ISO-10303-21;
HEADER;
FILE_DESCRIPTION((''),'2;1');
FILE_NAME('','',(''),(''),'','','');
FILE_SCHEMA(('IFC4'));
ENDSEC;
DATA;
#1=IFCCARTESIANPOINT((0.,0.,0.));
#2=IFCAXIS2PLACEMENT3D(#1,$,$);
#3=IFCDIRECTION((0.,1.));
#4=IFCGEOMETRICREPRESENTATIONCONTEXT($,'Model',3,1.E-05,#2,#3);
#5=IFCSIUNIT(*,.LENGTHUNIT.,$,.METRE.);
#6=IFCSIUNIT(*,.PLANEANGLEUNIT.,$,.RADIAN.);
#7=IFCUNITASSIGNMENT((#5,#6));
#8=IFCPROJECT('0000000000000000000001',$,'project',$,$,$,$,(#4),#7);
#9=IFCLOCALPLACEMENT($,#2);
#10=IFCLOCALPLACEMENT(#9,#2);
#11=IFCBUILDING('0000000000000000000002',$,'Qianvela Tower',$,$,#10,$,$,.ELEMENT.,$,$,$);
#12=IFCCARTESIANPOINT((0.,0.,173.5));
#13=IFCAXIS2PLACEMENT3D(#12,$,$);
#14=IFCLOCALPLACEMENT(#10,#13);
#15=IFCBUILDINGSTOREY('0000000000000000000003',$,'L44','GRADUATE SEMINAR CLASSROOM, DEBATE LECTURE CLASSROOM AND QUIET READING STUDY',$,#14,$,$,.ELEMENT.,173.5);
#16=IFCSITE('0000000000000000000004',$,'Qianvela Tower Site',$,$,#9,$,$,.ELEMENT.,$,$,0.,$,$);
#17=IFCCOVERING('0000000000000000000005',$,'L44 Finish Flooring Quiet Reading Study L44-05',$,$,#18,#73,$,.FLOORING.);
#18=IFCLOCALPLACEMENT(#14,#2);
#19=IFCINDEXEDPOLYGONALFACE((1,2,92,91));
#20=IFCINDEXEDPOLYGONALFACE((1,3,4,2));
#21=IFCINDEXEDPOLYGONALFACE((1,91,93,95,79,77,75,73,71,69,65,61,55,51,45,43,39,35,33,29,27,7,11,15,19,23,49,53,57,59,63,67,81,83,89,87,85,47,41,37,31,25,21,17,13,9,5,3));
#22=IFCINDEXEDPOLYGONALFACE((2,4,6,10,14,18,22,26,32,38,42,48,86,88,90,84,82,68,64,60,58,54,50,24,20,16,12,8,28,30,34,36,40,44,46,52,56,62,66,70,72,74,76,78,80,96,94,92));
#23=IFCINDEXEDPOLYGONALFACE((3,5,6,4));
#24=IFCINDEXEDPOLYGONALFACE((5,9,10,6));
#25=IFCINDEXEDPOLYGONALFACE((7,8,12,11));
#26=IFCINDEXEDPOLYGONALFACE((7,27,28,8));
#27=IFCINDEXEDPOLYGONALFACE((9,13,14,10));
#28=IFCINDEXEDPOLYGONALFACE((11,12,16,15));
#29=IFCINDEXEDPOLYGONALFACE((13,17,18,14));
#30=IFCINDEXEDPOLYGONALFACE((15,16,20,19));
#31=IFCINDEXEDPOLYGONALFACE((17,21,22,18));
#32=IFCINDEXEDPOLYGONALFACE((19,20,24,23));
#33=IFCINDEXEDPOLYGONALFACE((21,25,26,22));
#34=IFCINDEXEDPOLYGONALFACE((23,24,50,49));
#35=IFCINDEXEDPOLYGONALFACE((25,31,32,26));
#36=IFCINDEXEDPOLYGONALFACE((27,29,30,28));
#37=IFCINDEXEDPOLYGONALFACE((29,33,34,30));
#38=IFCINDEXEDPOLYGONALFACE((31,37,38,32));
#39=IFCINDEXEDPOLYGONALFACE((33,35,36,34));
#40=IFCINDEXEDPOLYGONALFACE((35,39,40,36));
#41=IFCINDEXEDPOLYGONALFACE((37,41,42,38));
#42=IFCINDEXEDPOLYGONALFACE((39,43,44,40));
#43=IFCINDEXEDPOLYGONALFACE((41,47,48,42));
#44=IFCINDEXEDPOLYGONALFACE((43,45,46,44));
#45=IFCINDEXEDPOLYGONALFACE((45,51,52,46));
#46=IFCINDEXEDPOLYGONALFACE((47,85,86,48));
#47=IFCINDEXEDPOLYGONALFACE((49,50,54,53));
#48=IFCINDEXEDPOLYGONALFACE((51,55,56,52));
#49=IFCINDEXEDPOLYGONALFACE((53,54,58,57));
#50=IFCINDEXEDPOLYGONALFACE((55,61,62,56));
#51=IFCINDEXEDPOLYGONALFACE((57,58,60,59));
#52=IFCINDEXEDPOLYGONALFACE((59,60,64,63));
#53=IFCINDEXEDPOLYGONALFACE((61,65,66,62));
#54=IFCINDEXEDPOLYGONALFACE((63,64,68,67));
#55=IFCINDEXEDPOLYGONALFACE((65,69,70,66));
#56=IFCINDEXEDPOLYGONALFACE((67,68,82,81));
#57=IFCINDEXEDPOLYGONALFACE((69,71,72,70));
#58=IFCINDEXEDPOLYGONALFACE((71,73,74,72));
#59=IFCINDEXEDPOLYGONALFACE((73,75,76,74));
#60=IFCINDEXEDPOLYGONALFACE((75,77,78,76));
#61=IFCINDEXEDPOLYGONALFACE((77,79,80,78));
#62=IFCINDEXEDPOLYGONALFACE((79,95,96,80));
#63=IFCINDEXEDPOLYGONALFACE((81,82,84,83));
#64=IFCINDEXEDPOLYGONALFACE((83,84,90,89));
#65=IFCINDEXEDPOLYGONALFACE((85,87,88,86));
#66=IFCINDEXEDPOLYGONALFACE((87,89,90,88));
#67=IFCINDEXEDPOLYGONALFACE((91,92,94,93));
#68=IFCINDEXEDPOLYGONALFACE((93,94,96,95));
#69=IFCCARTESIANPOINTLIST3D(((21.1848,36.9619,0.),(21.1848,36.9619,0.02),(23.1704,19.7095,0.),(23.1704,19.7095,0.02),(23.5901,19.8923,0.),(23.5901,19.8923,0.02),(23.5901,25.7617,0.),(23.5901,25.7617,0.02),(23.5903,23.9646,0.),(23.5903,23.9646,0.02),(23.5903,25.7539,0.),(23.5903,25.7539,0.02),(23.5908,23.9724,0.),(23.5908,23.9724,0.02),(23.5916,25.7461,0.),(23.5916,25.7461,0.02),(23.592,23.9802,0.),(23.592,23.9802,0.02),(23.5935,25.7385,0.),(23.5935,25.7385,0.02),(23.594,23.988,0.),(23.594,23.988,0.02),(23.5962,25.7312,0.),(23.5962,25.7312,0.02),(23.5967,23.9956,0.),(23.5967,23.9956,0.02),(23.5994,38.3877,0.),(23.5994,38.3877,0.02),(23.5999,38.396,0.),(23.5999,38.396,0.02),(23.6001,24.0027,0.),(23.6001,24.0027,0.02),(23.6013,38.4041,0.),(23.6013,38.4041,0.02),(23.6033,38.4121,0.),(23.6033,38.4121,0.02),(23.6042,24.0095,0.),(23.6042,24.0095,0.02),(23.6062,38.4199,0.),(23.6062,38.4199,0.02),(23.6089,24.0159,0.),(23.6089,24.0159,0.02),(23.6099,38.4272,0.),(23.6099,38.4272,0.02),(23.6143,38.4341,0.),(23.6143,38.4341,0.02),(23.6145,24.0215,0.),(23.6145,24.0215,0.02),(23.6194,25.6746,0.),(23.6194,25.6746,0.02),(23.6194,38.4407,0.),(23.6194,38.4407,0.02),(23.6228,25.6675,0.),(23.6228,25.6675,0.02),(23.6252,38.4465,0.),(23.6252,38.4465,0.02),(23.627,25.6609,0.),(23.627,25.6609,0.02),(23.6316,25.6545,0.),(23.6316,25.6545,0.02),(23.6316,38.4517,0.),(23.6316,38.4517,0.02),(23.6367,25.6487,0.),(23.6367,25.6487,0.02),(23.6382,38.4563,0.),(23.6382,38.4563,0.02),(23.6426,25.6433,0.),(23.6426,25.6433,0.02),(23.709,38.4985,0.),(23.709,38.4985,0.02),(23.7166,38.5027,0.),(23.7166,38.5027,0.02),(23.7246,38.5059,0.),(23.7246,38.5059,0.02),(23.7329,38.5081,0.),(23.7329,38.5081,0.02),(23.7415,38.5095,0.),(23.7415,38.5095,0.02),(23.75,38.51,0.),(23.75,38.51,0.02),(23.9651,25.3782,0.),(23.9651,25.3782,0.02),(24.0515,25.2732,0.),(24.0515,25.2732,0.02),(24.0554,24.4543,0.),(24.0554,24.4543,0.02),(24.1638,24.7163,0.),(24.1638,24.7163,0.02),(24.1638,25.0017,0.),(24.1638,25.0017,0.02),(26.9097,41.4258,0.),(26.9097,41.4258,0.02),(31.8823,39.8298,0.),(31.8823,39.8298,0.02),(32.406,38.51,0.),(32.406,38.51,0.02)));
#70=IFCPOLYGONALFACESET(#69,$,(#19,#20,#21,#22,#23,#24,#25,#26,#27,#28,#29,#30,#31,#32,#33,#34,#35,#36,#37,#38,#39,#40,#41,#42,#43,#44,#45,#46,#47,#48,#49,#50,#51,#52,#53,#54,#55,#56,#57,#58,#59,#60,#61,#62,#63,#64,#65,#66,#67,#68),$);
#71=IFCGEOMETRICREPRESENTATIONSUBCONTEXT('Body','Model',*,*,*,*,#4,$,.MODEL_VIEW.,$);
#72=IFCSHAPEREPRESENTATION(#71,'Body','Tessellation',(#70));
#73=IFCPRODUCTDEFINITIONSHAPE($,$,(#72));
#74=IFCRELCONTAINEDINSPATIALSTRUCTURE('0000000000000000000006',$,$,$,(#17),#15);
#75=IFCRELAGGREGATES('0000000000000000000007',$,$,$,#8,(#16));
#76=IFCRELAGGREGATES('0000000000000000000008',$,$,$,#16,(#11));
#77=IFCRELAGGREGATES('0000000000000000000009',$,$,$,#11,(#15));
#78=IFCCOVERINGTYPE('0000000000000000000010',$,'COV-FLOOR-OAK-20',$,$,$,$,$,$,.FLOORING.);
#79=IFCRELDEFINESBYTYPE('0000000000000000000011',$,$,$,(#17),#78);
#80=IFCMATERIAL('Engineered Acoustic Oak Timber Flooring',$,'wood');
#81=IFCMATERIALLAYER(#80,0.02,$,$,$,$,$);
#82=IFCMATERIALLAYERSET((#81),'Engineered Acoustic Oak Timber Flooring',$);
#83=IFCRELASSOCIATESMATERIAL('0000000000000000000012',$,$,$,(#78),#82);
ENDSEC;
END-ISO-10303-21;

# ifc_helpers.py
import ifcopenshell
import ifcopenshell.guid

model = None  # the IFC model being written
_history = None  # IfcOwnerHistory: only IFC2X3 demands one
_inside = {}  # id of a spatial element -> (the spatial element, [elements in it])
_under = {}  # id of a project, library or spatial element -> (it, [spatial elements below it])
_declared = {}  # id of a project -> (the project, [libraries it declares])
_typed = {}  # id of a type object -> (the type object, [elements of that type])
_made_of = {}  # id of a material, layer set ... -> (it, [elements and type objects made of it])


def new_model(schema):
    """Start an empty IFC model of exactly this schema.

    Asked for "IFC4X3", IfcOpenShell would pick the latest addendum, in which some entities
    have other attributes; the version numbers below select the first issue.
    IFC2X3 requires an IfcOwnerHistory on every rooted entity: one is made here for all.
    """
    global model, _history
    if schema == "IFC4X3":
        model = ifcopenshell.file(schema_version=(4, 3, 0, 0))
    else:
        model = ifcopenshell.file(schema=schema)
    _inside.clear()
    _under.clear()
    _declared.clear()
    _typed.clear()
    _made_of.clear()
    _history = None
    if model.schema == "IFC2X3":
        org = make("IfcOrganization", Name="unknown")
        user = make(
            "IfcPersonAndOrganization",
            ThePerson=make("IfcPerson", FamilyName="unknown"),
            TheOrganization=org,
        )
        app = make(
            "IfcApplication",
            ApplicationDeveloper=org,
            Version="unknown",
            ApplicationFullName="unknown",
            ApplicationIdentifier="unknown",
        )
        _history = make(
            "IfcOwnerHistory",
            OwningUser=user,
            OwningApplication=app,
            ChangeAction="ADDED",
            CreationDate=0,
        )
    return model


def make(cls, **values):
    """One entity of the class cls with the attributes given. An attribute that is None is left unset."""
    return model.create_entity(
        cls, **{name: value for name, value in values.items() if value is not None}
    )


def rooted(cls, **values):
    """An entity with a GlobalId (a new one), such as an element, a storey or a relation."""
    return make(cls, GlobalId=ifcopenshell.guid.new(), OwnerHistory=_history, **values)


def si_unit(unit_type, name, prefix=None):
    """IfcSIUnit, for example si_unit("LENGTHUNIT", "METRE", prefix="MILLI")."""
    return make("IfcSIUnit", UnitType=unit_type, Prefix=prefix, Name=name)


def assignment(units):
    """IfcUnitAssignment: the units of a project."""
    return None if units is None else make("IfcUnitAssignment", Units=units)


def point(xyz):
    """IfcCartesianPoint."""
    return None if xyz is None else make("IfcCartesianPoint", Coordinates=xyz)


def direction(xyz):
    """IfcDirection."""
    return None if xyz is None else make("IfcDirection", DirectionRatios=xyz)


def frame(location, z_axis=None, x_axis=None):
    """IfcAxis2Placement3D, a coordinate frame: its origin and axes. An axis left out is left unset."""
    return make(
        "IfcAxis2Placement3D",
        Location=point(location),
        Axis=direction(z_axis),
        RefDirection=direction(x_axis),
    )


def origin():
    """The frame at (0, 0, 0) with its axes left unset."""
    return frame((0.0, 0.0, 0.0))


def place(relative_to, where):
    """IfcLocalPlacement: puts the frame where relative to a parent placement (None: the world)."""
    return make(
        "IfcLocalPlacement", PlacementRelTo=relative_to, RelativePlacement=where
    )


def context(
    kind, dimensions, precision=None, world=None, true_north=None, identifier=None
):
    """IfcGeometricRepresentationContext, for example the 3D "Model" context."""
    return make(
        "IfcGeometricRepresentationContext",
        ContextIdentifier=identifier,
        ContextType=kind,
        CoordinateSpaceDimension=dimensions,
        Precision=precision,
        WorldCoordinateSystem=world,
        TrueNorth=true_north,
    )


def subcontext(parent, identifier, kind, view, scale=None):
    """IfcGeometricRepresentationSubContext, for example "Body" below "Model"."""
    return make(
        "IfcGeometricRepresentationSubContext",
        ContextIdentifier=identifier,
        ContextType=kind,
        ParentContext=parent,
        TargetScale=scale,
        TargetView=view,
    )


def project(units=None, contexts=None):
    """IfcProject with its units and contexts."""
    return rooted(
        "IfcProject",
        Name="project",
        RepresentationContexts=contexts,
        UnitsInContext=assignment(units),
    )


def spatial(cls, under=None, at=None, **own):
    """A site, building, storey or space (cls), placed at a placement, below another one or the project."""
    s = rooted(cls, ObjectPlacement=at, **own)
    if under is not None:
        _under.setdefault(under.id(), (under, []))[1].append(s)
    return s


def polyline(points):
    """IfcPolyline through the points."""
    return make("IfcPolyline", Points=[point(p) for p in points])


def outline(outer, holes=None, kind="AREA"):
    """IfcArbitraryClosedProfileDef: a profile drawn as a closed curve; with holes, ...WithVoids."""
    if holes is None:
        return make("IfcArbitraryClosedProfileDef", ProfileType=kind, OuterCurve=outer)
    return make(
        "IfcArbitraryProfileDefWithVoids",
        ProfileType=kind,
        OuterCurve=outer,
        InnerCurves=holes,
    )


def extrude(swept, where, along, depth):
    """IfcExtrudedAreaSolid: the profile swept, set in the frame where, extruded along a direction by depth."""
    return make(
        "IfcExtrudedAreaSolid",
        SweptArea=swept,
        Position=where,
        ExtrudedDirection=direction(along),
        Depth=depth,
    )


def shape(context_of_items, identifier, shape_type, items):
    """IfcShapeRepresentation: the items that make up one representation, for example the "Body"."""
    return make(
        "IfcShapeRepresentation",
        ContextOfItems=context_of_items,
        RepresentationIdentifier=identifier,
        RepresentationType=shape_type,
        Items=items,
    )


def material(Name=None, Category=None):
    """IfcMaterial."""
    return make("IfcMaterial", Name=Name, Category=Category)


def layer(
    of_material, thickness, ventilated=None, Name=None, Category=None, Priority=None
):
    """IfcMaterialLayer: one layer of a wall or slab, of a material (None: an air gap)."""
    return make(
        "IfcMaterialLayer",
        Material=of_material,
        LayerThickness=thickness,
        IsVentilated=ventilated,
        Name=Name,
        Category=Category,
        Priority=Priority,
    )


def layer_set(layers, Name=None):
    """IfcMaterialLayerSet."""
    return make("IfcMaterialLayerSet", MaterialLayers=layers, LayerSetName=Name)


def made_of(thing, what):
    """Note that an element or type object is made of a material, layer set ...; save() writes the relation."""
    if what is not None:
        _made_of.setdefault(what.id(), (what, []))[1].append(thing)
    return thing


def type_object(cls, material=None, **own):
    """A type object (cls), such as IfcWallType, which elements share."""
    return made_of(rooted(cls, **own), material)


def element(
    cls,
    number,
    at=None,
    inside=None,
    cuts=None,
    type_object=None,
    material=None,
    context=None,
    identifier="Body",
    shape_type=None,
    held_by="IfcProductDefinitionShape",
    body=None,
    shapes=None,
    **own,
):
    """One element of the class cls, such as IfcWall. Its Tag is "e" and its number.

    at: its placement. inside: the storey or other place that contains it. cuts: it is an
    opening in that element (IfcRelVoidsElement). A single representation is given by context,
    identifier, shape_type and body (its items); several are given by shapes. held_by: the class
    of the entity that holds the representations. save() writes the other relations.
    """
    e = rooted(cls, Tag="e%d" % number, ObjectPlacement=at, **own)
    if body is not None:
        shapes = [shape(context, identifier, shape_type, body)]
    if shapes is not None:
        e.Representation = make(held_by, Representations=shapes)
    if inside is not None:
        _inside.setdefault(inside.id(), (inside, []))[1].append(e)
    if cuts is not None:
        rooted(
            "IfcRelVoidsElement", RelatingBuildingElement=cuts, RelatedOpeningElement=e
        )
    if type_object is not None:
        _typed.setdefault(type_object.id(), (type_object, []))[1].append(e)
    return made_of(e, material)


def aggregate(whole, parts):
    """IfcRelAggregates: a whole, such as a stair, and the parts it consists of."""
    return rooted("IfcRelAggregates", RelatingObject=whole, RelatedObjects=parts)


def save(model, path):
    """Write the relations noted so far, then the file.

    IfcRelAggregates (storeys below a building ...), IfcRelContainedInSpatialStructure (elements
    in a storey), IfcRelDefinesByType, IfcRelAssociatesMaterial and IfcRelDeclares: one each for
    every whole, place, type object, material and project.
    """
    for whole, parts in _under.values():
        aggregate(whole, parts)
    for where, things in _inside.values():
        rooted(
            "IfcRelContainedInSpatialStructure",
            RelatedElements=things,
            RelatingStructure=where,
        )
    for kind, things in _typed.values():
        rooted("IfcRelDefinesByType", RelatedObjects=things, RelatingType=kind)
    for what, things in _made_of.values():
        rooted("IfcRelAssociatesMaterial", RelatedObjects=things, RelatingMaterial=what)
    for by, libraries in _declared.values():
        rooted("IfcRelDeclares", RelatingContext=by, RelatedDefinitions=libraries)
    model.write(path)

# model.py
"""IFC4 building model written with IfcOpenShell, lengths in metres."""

from ifc_helpers import new_model, si_unit, direction, frame, origin, place, context, subcontext, project, spatial, polyline, outline, extrude, material, layer, layer_set, type_object, element, save


model = new_model("IFC4")

# Units and contexts
model_context = context("Model", 3, precision=1e-05, world=origin(), true_north=direction((0.0, 1.0)))
body_context = subcontext(model_context, "Body", "Model", "MODEL_VIEW")
ifc_project = project(units=[si_unit("LENGTHUNIT", "METRE"), si_unit("PLANEANGLEUNIT", "RADIAN")], contexts=[model_context])

# Site, building, storey
site_placement = place(None, origin())
site = spatial("IfcSite", under=ifc_project, at=site_placement, Name="Qianvela Tower Site", CompositionType="ELEMENT", RefElevation=0.0)
building_placement = place(site_placement, origin())
building = spatial("IfcBuilding", under=site, at=building_placement, Name="Qianvela Tower", CompositionType="ELEMENT")
storey_placement = place(building_placement, frame((0.0, 0.0, 173.5)))
storey = spatial("IfcBuildingStorey", under=building, at=storey_placement, Name="L44", Description="GRADUATE SEMINAR CLASSROOM, DEBATE LECTURE CLASSROOM AND QUIET READING STUDY", CompositionType="ELEMENT", Elevation=173.5)

# Covering
ifc_material_1 = material(Name="Engineered Acoustic Oak Timber Flooring", Category="wood")
ifc_layer_1 = layer(ifc_material_1, 0.02)
ifc_layer_set_1 = layer_set([ifc_layer_1], Name="Engineered Acoustic Oak Timber Flooring")
covering_type_1 = type_object("IfcCoveringType", Name="COV-FLOOR-OAK-20", PredefinedType="FLOORING", material=ifc_layer_set_1)
covering_1_placement = place(storey_placement, origin())
element("IfcCovering", 1, at=covering_1_placement, inside=storey, type_object=covering_type_1, Name="L44 Finish Flooring Quiet Reading Study L44-05", PredefinedType="FLOORING", context=body_context, shape_type="SweptSolid", body=[
    extrude(outline(polyline([(26.9097, 41.4258), (31.8823, 39.8298), (32.406, 38.51), (23.75, 38.51), (23.7415, 38.5095), (23.7329, 38.5081), (23.7246, 38.5059), (23.7166, 38.5027), (23.709, 38.4985), (23.6382, 38.4563), (23.6316, 38.4517), (23.6252, 38.4465), (23.6194, 38.4407), (23.6143, 38.4341), (23.6099, 38.4272), (23.6062, 38.4199), (23.6033, 38.4121), (23.6013, 38.4041), (23.5999, 38.396), (23.5994, 38.3877), (23.5901, 25.7617), (23.5903, 25.7539), (23.5916, 25.7461), (23.5935, 25.7385), (23.5962, 25.7312), (23.6194, 25.6746), (23.6228, 25.6675), (23.627, 25.6609), (23.6316, 25.6545), (23.6367, 25.6487), (23.6426, 25.6433), (23.9651, 25.3782), (24.0515, 25.2732), (24.1638, 25.0017), (24.1638, 24.7163), (24.0554, 24.4543), (23.6145, 24.0215), (23.6089, 24.0159), (23.6042, 24.0095), (23.6001, 24.0027), (23.5967, 23.9956), (23.594, 23.988), (23.592, 23.9802), (23.5908, 23.9724), (23.5903, 23.9646), (23.5901, 19.8923), (23.1704, 19.7095), (21.1848, 36.9619), (26.9097, 41.4258)])), origin(), (0.0, 0.0, 1.0), 0.02),
])

save(model, "model.ifc")
